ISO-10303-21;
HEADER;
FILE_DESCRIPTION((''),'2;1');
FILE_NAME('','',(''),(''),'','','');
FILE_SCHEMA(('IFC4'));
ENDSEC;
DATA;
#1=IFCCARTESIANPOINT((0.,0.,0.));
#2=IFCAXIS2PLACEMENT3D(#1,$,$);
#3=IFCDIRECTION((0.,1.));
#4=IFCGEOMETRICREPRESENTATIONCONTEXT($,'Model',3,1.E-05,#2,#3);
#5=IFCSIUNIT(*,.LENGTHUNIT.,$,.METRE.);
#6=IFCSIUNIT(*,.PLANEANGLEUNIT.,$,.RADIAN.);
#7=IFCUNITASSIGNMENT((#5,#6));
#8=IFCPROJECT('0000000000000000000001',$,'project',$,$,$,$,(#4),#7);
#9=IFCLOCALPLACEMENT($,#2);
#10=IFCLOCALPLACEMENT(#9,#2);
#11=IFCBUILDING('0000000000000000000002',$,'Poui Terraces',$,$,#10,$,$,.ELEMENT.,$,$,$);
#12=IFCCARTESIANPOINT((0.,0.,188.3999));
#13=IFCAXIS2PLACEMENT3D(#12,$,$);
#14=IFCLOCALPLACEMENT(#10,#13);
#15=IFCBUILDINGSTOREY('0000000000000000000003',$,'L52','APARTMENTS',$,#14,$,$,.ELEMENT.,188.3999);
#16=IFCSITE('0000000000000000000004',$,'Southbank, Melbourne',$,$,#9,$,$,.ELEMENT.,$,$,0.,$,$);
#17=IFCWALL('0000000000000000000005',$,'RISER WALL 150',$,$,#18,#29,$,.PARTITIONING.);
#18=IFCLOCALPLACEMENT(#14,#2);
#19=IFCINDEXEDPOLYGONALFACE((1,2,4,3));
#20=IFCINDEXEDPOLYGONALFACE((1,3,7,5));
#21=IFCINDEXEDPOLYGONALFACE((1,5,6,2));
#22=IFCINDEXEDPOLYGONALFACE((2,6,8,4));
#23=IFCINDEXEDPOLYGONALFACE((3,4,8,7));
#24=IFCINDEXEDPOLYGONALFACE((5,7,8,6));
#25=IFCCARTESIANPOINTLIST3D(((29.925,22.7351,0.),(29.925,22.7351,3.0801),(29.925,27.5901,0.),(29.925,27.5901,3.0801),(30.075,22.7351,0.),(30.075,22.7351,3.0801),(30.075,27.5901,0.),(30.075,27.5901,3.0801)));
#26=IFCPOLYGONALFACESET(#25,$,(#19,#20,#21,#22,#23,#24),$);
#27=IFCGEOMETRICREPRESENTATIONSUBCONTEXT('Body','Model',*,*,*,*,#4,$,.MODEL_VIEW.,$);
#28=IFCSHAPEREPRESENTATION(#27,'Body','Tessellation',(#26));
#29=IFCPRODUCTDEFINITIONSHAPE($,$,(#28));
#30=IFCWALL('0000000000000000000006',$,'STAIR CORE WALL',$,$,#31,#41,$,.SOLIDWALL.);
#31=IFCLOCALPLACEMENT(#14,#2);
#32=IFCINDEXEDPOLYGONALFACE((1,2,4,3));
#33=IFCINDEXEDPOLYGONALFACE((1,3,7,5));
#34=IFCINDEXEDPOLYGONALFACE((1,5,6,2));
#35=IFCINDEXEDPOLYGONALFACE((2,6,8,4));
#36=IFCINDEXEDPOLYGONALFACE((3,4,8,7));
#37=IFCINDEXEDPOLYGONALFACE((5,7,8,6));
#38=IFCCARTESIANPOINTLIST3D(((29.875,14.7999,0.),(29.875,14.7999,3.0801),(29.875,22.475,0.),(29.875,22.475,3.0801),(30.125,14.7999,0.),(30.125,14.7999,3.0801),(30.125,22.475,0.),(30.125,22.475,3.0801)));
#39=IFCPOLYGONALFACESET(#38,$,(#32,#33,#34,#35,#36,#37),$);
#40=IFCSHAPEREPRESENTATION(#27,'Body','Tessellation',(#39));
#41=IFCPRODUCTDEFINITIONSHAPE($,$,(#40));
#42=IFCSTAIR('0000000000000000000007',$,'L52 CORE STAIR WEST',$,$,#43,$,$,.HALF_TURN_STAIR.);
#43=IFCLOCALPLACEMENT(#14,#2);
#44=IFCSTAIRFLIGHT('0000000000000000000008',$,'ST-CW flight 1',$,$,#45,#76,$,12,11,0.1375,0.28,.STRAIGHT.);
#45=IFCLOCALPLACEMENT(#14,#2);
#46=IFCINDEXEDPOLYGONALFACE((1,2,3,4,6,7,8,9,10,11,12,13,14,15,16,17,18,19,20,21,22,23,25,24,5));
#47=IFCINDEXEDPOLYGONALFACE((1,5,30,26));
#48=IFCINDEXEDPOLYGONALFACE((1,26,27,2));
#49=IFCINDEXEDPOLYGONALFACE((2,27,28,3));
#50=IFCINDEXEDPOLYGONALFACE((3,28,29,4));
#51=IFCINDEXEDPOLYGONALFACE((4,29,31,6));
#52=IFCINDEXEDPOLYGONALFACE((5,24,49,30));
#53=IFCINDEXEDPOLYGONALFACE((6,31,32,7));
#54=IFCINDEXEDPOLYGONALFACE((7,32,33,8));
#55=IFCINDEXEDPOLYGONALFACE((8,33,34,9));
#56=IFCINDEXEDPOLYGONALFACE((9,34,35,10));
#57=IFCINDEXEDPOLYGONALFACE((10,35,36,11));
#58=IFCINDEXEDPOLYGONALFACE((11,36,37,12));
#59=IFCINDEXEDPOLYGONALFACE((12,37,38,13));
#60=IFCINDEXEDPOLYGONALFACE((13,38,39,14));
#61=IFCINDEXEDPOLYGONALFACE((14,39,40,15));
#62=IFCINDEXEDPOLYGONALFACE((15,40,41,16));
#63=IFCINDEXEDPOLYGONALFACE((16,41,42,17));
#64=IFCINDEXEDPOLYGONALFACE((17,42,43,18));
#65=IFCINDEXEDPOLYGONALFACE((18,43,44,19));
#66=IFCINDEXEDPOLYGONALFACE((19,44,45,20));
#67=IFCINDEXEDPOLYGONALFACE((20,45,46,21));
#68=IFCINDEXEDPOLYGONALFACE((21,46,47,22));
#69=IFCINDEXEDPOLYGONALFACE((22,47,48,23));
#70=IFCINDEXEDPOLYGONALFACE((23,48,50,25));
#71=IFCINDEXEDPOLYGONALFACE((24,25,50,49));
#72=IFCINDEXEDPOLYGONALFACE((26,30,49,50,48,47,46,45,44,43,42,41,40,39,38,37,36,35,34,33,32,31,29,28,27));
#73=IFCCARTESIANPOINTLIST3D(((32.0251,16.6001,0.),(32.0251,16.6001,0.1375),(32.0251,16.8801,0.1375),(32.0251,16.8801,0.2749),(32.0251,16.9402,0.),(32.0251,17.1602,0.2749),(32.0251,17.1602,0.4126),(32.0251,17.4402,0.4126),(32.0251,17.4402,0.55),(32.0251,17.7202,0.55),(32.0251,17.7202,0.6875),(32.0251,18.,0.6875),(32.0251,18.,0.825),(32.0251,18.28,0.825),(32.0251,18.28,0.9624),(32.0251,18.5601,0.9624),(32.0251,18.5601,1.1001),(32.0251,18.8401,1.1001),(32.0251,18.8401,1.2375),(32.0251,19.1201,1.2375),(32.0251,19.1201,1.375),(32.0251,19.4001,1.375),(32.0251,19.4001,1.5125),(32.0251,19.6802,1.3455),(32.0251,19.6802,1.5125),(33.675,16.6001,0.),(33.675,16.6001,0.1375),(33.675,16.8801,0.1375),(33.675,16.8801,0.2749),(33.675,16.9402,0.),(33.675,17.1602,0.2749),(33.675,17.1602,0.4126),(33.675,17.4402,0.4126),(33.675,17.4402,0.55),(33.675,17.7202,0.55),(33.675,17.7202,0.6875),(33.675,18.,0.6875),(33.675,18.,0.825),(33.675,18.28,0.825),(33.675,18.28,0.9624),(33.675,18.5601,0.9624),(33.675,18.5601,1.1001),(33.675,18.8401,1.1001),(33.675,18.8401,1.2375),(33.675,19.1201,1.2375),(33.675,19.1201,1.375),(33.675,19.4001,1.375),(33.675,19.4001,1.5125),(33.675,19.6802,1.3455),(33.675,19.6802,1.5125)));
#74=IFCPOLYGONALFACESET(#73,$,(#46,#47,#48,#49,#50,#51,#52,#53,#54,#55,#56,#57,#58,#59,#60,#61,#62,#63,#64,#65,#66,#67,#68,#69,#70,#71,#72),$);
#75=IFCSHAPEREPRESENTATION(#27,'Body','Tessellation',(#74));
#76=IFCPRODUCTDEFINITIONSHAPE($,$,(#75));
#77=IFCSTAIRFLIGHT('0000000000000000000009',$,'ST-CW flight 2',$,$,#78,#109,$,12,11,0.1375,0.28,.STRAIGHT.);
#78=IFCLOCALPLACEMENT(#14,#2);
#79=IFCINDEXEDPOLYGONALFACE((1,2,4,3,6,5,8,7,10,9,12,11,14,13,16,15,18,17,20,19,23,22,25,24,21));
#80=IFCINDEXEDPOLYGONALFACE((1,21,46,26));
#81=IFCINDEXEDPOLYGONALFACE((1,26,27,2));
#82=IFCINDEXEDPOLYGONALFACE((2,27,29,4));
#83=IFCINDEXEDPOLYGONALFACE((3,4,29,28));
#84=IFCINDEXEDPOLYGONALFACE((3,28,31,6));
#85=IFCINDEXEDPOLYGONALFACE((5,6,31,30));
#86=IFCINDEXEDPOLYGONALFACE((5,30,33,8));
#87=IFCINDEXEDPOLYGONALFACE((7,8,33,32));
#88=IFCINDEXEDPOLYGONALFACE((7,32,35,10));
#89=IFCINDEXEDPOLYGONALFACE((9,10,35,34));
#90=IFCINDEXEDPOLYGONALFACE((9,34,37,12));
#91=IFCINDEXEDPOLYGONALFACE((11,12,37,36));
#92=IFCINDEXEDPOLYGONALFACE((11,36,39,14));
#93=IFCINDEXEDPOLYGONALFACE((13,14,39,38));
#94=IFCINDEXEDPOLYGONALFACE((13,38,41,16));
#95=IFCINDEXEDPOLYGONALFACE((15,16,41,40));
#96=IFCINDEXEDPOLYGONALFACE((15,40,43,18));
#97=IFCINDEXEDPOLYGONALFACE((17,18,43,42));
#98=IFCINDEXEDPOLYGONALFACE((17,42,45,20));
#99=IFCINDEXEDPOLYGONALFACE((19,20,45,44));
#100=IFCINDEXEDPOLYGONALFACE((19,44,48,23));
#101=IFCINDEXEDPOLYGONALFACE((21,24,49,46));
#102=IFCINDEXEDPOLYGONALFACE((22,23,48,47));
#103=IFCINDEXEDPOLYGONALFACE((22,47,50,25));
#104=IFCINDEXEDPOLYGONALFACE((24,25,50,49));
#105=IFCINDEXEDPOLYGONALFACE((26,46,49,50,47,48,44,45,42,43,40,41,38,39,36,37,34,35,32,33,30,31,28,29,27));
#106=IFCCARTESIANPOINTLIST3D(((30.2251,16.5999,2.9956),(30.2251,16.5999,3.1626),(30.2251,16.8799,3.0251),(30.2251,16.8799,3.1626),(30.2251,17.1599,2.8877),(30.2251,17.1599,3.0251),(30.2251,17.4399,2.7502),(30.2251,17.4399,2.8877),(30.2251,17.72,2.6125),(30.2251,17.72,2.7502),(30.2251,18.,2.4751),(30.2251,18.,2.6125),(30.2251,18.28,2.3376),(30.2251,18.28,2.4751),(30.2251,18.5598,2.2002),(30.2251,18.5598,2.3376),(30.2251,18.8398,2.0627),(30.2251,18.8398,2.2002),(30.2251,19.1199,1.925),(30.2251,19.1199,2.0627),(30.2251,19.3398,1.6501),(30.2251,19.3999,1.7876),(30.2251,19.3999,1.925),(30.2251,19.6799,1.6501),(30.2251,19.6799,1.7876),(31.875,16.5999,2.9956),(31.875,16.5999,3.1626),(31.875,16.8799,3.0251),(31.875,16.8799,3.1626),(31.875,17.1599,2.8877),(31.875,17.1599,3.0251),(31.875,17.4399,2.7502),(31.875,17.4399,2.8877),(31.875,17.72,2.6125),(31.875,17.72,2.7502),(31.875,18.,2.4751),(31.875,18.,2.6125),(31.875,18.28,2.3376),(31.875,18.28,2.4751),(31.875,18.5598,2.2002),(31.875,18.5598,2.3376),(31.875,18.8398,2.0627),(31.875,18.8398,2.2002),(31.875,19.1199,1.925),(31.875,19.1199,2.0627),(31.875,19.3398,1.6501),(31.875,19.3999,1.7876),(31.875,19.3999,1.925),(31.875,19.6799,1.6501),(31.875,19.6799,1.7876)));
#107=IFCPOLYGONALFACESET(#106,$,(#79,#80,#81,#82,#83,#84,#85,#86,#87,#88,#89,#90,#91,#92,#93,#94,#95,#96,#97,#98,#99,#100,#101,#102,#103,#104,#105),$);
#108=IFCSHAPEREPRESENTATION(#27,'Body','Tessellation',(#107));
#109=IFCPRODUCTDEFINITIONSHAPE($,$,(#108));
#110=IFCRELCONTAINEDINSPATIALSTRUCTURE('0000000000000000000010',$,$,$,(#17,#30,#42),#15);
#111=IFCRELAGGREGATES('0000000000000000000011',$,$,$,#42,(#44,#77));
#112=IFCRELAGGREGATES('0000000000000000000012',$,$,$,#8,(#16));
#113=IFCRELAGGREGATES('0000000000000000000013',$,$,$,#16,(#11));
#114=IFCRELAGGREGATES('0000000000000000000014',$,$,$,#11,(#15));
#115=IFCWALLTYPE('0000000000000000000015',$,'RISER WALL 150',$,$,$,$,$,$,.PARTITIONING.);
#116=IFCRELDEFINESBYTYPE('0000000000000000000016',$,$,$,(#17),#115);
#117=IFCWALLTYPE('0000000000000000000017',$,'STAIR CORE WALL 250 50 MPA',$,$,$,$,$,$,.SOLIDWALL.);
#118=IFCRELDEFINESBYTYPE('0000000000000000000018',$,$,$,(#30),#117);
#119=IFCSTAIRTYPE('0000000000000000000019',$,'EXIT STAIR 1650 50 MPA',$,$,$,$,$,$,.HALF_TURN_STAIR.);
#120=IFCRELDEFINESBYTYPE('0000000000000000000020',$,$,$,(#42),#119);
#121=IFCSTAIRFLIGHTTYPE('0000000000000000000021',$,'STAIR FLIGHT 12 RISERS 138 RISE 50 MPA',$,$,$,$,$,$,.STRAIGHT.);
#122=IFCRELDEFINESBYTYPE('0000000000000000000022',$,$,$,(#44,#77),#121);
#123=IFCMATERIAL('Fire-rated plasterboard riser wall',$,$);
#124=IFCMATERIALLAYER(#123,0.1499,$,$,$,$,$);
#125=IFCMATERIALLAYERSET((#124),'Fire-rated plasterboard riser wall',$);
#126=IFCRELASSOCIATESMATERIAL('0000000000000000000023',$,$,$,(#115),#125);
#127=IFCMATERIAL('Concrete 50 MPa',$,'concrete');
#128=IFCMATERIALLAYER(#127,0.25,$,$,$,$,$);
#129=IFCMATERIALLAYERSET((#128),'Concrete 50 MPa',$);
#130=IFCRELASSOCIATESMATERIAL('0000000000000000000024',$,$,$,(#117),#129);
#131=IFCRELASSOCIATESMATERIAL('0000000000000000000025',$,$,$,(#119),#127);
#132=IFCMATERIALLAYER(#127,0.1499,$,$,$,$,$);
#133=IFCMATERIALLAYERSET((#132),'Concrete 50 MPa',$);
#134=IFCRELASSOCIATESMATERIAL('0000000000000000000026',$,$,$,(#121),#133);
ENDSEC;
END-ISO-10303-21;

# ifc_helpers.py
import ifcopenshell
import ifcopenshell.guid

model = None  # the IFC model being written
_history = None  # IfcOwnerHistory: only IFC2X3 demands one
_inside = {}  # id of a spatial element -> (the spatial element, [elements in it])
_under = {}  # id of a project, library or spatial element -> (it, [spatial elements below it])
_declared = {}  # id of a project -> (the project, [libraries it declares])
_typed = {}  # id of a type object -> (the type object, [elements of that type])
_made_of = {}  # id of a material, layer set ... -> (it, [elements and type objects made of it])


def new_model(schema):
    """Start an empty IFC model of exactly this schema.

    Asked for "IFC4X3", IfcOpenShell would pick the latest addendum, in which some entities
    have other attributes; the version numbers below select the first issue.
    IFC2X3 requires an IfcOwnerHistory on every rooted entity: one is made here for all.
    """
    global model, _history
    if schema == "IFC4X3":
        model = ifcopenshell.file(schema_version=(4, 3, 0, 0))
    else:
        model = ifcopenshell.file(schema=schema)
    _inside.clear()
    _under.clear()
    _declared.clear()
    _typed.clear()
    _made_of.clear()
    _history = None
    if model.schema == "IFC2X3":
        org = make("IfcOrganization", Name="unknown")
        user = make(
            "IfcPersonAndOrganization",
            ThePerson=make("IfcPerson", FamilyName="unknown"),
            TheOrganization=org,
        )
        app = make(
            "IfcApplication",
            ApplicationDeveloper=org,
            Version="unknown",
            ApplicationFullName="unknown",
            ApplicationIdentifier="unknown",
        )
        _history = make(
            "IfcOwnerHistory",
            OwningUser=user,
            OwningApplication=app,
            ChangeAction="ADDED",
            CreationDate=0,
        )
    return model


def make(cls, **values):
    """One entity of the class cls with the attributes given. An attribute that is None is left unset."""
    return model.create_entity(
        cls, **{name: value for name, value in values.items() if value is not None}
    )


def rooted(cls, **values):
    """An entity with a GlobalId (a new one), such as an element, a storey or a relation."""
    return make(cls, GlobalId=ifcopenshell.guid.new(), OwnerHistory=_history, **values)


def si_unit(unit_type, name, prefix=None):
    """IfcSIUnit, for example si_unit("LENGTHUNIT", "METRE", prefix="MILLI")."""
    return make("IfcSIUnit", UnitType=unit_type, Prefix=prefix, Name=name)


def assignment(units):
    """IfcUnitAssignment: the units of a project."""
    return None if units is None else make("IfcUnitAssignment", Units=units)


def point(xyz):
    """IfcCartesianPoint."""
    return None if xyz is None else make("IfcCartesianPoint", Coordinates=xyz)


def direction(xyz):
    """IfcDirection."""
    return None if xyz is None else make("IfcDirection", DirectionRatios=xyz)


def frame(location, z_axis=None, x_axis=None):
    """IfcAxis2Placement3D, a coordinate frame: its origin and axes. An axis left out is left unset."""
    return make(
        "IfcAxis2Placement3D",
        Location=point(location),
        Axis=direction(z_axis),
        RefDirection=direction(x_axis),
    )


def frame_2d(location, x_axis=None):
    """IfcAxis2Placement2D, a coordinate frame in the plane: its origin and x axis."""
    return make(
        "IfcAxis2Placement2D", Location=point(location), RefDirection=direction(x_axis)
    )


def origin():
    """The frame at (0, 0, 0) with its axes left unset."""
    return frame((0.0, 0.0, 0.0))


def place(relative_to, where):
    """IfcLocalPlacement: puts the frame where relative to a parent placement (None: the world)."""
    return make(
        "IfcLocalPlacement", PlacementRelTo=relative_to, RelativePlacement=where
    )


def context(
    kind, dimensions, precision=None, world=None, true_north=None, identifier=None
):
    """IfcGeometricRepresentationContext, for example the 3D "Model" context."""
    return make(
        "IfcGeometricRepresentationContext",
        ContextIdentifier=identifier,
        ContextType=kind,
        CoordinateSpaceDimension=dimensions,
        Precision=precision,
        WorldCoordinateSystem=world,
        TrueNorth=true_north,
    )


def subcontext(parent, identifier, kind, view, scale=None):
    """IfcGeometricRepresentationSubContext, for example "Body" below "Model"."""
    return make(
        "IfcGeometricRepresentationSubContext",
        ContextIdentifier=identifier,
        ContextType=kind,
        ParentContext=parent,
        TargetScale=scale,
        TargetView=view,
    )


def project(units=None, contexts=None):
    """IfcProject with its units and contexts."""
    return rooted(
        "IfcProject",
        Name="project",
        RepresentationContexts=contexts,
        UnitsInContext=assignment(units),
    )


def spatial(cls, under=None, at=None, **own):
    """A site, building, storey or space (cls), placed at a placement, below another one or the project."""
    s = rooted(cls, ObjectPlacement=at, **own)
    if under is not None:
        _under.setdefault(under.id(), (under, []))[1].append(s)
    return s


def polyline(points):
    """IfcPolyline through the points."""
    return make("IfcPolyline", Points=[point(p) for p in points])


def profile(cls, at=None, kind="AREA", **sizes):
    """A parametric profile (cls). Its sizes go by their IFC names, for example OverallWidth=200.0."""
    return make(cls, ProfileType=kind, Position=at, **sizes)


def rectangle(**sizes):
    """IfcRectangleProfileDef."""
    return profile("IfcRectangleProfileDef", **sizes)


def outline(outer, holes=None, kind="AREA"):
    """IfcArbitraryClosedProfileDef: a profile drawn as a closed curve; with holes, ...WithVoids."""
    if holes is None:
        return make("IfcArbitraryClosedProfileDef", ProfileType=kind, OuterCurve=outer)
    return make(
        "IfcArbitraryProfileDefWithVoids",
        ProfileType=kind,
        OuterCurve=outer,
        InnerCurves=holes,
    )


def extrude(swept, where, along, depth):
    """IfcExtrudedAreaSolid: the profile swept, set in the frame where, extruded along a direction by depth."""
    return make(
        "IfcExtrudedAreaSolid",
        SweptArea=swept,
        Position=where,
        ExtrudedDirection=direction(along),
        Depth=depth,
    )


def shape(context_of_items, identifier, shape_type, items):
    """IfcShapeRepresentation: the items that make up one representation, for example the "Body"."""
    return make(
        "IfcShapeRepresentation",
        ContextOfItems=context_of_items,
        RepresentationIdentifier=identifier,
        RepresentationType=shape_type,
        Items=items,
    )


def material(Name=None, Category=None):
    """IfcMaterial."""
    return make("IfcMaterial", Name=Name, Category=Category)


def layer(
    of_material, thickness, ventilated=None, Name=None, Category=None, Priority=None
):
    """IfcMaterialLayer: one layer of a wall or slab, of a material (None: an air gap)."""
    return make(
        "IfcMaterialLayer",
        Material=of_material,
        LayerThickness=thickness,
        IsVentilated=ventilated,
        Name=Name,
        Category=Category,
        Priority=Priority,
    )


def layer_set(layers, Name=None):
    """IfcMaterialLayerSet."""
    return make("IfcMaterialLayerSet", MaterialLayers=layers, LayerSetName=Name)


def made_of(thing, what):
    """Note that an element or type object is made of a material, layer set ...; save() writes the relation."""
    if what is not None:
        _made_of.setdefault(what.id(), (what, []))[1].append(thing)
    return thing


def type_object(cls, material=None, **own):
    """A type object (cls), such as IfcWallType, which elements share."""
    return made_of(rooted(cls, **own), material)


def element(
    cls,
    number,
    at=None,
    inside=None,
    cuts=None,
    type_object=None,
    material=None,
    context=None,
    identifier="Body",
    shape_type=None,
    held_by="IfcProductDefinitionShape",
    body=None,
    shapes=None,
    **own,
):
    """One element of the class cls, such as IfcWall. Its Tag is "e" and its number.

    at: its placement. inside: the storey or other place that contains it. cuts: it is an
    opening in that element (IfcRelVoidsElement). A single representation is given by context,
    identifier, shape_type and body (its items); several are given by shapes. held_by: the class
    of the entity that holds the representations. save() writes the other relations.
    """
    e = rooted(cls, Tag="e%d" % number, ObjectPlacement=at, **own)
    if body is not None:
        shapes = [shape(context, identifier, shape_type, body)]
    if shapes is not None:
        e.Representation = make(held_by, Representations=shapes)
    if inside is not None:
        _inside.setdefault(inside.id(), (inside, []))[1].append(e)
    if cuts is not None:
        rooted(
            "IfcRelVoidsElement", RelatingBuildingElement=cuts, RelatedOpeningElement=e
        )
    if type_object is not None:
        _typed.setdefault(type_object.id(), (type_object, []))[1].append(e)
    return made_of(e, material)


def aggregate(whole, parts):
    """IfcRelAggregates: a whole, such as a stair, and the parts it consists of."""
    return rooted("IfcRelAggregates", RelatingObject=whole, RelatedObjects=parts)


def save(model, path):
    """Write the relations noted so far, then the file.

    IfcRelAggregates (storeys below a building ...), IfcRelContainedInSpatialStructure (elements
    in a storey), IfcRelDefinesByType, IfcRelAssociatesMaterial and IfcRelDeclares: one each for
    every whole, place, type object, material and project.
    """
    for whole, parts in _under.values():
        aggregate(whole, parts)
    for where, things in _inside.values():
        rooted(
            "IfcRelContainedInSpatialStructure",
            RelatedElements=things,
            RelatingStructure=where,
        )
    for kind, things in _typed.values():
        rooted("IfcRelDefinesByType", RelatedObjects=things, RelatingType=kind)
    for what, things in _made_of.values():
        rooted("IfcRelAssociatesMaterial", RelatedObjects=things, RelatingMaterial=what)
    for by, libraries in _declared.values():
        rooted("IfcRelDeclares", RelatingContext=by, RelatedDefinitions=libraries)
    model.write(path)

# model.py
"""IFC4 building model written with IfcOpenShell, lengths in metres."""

from ifc_helpers import new_model, si_unit, direction, frame, frame_2d, origin, place, context, subcontext, project, spatial, polyline, rectangle, outline, extrude, material, layer, layer_set, type_object, element, aggregate, save


model = new_model("IFC4")

# Units and contexts
model_context = context("Model", 3, precision=1e-05, world=origin(), true_north=direction((0.0, 1.0)))
body_context = subcontext(model_context, "Body", "Model", "MODEL_VIEW")
ifc_project = project(units=[si_unit("LENGTHUNIT", "METRE"), si_unit("PLANEANGLEUNIT", "RADIAN")], contexts=[model_context])

# Site, building, storey
site_placement = place(None, origin())
site = spatial("IfcSite", under=ifc_project, at=site_placement, Name="Southbank, Melbourne", CompositionType="ELEMENT", RefElevation=0.0)
building_placement = place(site_placement, origin())
building = spatial("IfcBuilding", under=site, at=building_placement, Name="Poui Terraces", CompositionType="ELEMENT")
storey_placement = place(building_placement, frame((0.0, 0.0, 188.3999)))
storey = spatial("IfcBuildingStorey", under=building, at=storey_placement, Name="L52", Description="APARTMENTS", CompositionType="ELEMENT", Elevation=188.3999)

# Walls
ifc_material_1 = material(Name="Fire-rated plasterboard riser wall")
ifc_layer_1 = layer(ifc_material_1, 0.1499)
ifc_layer_set_1 = layer_set([ifc_layer_1], Name="Fire-rated plasterboard riser wall")
wall_type_1 = type_object("IfcWallType", Name="RISER WALL 150", PredefinedType="PARTITIONING", material=ifc_layer_set_1)
wall_1_placement = place(storey_placement, frame((30.0, 22.7351, 0.0), z_axis=(0.0, 0.0, 1.0), x_axis=(0.0, 1.0, 0.0)))
element("IfcWall", 1, at=wall_1_placement, inside=storey, type_object=wall_type_1, Name="RISER WALL 150", PredefinedType="PARTITIONING", context=body_context, shape_type="SweptSolid", body=[
    extrude(rectangle(XDim=4.855, YDim=0.1499, at=frame_2d((2.4275, 0.0))), origin(), (0.0, 0.0, 1.0), 3.0801),
])
ifc_material_2 = material(Name="Concrete 50 MPa", Category="concrete")
ifc_layer_2 = layer(ifc_material_2, 0.25)
ifc_layer_set_2 = layer_set([ifc_layer_2], Name="Concrete 50 MPa")
wall_type_2 = type_object("IfcWallType", Name="STAIR CORE WALL 250 50 MPA", PredefinedType="SOLIDWALL", material=ifc_layer_set_2)
wall_2_placement = place(storey_placement, frame((30.0, 14.8, 0.0), z_axis=(0.0, 0.0, 1.0), x_axis=(0.0, 1.0, 0.0)))
element("IfcWall", 2, at=wall_2_placement, inside=storey, type_object=wall_type_2, Name="STAIR CORE WALL", PredefinedType="SOLIDWALL", context=body_context, shape_type="SweptSolid", body=[
    extrude(rectangle(XDim=7.675, YDim=0.25, at=frame_2d((3.8374, 0.0))), origin(), (0.0, 0.0, 1.0), 3.0801),
])

# Stair, stair flights
stair_type = type_object("IfcStairType", Name="EXIT STAIR 1650 50 MPA", PredefinedType="HALF_TURN_STAIR", material=ifc_material_2)
stair_placement = place(storey_placement, origin())
stair = element("IfcStair", 3, at=stair_placement, inside=storey, type_object=stair_type, Name="L52 CORE STAIR WEST", PredefinedType="HALF_TURN_STAIR")
ifc_layer_3 = layer(ifc_material_2, 0.1499)
ifc_layer_set_3 = layer_set([ifc_layer_3], Name="Concrete 50 MPa")
stair_flight_type = type_object("IfcStairFlightType", Name="STAIR FLIGHT 12 RISERS 138 RISE 50 MPA", PredefinedType="STRAIGHT", material=ifc_layer_set_3)
stair_flight_1_placement = place(storey_placement, frame((32.8501, 16.6001, 0.0), z_axis=(0.0, 0.0, 1.0), x_axis=(0.0, 1.0, 0.0)))
stair_flight_1 = element("IfcStairFlight", 4, at=stair_flight_1_placement, type_object=stair_flight_type, Name="ST-CW flight 1", NumberOfRisers=12, NumberOfTreads=11, PredefinedType="STRAIGHT", RiserHeight=0.1375, TreadLength=0.28, context=body_context, shape_type="SweptSolid", body=[
    extrude(outline(polyline([(0.0, 0.0), (0.0, 0.1375), (0.28, 0.1375), (0.28, 0.2749), (0.5601, 0.2749), (0.5601, 0.4126), (0.8401, 0.4126), (0.8401, 0.55), (1.1201, 0.55), (1.1201, 0.6875), (1.3999, 0.6875), (1.3999, 0.825), (1.6799, 0.825), (1.6799, 0.9624), (1.96, 0.9624), (1.96, 1.1001), (2.24, 1.1001), (2.24, 1.2375), (2.52, 1.2375), (2.52, 1.375), (2.8, 1.375), (2.8, 1.5125), (3.0801, 1.5125), (3.0801, 1.6499), (3.0801, 1.3455), (0.3401, 0.0), (0.0, 0.0)])), frame((0.0, 0.825, 0.0), z_axis=(0.0, -1.0, 0.0), x_axis=(1.0, 0.0, 0.0)), (0.0, 0.0, 1.0), 1.6499),
])
stair_flight_2_placement = place(storey_placement, frame((31.05, 19.6799, 1.6501), z_axis=(0.0, 0.0, 1.0), x_axis=(0.0, -1.0, 0.0)))
stair_flight_2 = element("IfcStairFlight", 5, at=stair_flight_2_placement, type_object=stair_flight_type, Name="ST-CW flight 2", NumberOfRisers=12, NumberOfTreads=11, PredefinedType="STRAIGHT", RiserHeight=0.1375, TreadLength=0.28, context=body_context, shape_type="SweptSolid", body=[
    extrude(outline(polyline([(0.0, 0.0), (0.0, 0.1375), (0.28, 0.1375), (0.28, 0.2749), (0.5601, 0.2749), (0.5601, 0.4126), (0.8401, 0.4126), (0.8401, 0.55), (1.1201, 0.55), (1.1201, 0.6875), (1.3999, 0.6875), (1.3999, 0.825), (1.6799, 0.825), (1.6799, 0.9624), (1.96, 0.9624), (1.96, 1.1001), (2.24, 1.1001), (2.24, 1.2375), (2.52, 1.2375), (2.52, 1.375), (2.8, 1.375), (2.8, 1.5125), (3.0801, 1.5125), (3.0801, 1.6499), (3.0801, 1.3455), (0.3401, 0.0), (0.0, 0.0)])), frame((0.0, 0.825, 0.0), z_axis=(0.0, -1.0, 0.0), x_axis=(1.0, 0.0, 0.0)), (0.0, 0.0, 1.0), 1.6499),
])
aggregate(stair, [stair_flight_1, stair_flight_2])

save(model, "model.ifc")
